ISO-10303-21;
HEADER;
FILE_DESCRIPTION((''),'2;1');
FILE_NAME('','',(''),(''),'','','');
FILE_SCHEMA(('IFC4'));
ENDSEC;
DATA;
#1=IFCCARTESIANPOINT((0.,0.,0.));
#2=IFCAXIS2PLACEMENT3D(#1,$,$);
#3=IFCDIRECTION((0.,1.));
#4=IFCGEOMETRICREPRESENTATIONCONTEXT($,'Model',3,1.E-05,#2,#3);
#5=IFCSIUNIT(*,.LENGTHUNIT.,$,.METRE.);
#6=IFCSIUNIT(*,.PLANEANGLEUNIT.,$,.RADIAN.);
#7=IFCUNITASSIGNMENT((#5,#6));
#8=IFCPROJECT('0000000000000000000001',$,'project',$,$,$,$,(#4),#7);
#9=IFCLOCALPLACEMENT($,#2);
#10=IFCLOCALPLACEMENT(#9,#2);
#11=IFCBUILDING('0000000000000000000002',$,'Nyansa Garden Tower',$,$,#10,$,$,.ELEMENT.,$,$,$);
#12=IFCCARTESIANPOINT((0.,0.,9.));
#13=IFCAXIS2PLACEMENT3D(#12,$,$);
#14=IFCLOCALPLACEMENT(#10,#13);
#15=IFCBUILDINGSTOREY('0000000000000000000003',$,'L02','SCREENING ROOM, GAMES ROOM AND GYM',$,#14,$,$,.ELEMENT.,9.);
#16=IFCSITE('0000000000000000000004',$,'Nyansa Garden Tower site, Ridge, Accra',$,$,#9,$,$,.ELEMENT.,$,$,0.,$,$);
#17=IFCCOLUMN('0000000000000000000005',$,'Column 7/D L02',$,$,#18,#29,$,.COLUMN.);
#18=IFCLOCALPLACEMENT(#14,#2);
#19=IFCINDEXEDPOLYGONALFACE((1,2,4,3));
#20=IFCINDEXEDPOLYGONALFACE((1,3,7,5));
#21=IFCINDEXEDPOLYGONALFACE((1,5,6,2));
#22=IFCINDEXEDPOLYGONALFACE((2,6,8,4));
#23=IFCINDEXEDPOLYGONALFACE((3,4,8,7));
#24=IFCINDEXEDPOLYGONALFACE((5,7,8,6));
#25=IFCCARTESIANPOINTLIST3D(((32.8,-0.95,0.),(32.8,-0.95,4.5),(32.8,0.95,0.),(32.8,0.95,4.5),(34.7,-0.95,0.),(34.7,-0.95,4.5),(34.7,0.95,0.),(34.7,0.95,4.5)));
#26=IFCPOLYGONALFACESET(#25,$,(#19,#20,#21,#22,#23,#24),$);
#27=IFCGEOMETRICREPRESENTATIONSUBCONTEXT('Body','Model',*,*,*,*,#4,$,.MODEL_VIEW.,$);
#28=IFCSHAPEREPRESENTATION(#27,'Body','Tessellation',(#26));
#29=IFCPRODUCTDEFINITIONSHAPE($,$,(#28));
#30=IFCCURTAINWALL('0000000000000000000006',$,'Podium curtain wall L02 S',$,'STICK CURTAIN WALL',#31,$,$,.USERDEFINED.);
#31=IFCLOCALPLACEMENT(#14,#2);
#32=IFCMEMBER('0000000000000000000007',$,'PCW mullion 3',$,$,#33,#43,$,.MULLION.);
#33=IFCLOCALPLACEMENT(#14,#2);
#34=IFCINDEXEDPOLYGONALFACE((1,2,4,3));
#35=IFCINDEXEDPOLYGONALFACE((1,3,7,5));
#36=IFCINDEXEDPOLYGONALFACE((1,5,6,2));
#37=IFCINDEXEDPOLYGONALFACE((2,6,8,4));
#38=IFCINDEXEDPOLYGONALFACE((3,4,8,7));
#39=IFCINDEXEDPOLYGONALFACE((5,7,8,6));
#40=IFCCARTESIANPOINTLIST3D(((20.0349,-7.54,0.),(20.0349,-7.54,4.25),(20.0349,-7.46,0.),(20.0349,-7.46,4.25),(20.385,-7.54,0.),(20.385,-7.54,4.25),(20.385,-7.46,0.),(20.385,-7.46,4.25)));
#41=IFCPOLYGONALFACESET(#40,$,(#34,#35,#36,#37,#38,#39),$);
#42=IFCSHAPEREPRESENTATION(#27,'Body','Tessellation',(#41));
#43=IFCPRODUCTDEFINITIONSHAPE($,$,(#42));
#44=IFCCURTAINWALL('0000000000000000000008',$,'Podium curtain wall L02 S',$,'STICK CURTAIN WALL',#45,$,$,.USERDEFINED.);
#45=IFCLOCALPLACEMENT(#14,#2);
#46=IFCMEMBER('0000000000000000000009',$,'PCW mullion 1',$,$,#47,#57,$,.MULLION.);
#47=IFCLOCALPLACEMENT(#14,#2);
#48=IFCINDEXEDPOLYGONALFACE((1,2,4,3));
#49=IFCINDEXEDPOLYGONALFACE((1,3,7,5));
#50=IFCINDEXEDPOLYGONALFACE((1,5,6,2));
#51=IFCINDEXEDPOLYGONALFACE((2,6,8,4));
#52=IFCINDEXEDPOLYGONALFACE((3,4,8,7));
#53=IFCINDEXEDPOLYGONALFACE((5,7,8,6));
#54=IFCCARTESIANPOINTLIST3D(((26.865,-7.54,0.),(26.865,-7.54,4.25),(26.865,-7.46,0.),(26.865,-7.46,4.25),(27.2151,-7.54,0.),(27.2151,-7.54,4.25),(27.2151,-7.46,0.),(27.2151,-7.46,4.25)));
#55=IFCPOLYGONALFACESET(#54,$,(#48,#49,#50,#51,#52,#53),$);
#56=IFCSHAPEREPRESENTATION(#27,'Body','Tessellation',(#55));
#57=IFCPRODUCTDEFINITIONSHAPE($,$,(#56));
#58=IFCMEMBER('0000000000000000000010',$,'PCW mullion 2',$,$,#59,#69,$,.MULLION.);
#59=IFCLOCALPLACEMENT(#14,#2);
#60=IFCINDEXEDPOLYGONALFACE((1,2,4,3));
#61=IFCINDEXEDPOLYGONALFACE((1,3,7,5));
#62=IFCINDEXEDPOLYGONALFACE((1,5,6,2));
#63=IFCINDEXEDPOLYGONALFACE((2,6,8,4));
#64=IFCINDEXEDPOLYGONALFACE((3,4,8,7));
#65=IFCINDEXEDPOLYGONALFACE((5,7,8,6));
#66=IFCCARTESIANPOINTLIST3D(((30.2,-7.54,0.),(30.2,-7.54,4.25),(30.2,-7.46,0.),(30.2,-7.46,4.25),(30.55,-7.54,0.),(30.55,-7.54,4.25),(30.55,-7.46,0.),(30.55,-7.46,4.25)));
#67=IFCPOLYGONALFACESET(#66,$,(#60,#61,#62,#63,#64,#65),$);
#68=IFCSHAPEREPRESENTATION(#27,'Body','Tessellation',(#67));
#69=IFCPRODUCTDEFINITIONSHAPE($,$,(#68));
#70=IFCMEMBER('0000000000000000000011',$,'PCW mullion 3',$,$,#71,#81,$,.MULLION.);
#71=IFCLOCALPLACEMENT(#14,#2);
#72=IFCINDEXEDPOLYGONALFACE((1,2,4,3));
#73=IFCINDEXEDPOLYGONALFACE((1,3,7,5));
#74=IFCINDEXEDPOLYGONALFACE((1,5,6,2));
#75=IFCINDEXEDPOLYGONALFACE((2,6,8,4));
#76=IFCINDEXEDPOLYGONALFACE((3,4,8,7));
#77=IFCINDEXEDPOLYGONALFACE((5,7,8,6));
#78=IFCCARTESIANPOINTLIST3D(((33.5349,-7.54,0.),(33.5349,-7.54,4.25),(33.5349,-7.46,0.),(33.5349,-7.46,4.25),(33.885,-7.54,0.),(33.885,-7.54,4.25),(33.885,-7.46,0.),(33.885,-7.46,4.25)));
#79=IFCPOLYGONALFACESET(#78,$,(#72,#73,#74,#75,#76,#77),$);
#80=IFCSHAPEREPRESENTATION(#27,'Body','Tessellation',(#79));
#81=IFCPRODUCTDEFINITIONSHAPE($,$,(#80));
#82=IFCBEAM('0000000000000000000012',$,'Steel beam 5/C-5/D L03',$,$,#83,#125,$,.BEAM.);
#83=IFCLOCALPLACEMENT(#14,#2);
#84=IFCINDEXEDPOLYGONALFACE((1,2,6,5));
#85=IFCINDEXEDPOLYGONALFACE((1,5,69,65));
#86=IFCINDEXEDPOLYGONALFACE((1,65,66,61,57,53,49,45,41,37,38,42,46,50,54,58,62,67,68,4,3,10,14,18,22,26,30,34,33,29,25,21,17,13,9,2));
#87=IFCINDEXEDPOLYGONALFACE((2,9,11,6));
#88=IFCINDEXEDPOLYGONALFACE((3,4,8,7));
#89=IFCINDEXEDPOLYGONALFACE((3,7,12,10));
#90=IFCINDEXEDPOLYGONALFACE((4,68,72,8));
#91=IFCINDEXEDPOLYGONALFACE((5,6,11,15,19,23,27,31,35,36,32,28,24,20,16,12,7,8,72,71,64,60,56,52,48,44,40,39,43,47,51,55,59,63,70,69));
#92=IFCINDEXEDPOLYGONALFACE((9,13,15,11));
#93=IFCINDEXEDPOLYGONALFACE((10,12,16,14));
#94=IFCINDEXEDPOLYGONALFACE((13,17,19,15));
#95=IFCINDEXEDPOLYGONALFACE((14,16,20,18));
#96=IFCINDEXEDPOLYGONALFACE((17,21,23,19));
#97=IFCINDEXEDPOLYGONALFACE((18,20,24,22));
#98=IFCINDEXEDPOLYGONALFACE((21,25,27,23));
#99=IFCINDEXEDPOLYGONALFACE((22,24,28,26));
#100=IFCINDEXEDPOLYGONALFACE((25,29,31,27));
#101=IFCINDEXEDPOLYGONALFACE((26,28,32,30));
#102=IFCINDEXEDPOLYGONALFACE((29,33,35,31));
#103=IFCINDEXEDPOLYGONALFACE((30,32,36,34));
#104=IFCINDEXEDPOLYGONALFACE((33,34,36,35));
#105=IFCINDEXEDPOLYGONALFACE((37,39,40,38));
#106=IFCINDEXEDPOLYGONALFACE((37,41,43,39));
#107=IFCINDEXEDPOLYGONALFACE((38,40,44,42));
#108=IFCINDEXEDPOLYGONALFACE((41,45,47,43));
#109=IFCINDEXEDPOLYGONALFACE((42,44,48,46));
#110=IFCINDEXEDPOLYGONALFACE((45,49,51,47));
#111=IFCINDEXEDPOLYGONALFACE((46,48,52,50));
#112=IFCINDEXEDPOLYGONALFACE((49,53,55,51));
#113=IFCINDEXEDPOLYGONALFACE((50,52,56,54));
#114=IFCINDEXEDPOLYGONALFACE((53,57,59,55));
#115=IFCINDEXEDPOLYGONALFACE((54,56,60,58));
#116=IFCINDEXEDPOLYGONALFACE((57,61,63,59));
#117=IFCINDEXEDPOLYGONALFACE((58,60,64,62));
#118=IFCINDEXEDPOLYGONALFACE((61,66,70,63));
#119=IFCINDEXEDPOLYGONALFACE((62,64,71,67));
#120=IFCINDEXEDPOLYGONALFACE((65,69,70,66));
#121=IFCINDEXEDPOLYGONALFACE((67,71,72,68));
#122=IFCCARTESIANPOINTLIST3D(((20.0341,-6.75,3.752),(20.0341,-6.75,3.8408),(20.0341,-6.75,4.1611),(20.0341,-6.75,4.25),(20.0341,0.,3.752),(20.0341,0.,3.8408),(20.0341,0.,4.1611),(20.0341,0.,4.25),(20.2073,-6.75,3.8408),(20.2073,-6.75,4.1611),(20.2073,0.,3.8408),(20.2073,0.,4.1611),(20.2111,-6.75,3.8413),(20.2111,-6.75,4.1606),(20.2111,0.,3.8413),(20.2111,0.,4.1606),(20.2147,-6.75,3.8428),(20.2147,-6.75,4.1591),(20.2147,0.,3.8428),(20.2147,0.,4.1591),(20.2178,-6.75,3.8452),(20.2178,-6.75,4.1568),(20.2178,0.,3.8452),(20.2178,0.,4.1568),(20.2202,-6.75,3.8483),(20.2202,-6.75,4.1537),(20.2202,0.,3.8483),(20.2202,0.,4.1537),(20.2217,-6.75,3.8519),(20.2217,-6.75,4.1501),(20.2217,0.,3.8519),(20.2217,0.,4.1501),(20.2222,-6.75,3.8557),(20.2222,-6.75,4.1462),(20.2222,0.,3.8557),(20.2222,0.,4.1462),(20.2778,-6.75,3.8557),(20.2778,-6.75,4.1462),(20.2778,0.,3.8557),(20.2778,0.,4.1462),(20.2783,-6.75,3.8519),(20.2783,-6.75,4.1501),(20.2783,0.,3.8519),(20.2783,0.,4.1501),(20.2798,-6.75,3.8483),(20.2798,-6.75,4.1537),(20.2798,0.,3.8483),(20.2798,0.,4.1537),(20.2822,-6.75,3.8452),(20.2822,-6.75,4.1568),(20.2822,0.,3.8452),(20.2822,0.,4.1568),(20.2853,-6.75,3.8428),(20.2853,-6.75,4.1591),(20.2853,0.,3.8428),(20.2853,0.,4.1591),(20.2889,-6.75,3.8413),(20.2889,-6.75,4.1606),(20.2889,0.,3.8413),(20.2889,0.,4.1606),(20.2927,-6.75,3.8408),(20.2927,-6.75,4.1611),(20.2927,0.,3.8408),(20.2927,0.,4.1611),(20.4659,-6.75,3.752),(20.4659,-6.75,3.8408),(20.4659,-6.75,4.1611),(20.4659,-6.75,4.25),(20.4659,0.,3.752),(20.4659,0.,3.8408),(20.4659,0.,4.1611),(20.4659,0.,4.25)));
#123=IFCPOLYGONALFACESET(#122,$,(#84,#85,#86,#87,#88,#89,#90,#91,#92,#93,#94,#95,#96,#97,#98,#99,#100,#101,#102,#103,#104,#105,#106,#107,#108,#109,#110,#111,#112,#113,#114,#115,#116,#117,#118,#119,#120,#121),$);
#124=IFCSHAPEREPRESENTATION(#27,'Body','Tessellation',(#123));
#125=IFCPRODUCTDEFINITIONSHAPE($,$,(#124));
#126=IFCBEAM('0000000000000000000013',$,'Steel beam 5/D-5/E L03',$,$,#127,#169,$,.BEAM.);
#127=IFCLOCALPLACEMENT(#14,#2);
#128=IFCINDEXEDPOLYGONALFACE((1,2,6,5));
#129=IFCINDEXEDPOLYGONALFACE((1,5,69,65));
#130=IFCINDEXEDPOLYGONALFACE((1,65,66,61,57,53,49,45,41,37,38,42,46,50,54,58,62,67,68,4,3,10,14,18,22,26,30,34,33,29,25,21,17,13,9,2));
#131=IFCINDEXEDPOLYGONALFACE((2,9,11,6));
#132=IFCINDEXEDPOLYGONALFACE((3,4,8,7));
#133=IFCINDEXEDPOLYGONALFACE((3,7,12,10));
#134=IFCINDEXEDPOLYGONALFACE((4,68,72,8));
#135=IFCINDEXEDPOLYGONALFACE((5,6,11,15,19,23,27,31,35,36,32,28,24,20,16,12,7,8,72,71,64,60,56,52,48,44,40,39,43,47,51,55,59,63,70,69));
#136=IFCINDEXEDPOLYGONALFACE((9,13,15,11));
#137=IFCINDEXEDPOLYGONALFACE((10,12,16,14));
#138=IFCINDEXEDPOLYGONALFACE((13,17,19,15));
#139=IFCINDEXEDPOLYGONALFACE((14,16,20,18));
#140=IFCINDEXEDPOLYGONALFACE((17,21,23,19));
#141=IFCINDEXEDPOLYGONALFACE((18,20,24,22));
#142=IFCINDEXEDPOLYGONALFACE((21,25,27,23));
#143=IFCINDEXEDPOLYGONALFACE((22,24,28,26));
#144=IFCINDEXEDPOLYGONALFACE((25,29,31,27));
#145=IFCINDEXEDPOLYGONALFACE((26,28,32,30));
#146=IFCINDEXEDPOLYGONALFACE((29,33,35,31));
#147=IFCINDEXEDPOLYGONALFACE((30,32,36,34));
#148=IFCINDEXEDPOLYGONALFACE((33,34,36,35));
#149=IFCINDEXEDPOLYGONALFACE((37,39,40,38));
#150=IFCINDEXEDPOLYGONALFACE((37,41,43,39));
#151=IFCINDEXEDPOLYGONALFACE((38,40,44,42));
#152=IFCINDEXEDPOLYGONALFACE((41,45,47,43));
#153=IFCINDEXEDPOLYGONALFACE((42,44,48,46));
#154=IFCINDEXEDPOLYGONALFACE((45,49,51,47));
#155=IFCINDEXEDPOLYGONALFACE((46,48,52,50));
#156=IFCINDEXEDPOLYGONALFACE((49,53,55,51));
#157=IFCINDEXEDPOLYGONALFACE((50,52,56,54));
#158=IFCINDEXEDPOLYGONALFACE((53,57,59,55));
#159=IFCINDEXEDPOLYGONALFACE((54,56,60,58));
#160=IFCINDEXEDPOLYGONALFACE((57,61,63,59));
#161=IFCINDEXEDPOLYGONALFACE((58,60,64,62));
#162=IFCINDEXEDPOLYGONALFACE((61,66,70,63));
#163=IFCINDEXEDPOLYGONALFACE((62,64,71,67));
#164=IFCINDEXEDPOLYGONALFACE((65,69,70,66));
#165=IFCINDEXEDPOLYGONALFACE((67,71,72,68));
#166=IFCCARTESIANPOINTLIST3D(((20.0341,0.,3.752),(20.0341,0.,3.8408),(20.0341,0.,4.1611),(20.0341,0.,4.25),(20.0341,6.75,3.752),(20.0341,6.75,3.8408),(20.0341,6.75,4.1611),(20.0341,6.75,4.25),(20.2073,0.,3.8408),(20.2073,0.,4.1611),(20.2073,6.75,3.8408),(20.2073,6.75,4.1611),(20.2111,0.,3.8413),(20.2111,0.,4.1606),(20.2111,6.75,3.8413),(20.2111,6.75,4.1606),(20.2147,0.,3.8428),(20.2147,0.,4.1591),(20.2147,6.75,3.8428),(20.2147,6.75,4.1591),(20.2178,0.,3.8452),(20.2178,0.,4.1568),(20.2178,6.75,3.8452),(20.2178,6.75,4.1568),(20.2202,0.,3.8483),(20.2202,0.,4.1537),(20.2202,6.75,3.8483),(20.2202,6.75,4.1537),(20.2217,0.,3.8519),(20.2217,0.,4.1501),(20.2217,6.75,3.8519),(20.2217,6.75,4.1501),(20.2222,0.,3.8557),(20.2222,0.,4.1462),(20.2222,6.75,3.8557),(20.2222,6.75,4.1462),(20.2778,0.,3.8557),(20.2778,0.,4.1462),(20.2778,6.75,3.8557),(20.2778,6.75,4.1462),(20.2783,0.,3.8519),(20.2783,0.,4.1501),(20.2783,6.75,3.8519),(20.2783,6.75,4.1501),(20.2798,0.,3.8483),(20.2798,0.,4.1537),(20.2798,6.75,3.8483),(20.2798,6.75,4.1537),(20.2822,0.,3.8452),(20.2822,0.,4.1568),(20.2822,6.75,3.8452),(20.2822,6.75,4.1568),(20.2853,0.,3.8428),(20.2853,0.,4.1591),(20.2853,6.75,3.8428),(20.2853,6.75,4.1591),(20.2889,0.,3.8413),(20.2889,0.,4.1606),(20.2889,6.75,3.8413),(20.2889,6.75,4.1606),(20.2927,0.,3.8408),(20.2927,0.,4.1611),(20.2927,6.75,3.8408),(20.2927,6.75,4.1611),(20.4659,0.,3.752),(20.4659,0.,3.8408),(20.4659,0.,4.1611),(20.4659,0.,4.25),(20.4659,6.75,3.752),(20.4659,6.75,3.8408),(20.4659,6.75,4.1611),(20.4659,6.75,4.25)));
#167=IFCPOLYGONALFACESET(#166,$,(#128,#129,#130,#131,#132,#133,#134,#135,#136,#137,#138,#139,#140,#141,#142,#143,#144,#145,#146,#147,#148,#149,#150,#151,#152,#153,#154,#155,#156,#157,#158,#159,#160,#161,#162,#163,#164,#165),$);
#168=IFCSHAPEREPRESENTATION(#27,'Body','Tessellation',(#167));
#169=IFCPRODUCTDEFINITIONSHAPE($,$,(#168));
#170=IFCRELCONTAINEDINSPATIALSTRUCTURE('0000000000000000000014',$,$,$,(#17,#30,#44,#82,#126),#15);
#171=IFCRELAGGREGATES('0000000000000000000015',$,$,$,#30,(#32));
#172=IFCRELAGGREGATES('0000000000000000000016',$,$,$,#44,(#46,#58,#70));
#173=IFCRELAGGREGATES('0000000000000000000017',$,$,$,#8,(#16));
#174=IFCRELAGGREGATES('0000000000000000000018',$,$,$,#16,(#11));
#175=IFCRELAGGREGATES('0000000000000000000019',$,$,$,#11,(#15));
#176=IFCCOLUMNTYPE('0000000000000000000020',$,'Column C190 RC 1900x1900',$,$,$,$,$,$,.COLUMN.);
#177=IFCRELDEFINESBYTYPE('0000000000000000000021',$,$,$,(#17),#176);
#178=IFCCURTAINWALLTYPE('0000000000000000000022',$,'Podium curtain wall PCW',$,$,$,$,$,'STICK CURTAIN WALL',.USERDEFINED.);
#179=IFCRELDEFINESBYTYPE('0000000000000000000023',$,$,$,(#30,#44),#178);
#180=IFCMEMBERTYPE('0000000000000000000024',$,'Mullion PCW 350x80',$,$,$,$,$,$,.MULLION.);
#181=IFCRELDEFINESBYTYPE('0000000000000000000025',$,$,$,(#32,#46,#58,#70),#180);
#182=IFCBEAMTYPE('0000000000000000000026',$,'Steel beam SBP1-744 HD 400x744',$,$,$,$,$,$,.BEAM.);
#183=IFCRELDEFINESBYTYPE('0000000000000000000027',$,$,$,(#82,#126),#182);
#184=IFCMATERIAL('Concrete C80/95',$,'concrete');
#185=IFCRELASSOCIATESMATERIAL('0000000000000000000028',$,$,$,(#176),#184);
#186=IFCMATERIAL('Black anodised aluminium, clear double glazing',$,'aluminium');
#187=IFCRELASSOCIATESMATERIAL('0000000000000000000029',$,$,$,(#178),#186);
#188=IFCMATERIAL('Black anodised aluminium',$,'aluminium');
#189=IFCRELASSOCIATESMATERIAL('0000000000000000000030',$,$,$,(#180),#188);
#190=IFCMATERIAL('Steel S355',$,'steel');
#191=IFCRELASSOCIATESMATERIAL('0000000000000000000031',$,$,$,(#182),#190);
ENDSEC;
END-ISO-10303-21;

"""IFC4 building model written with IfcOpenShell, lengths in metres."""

from ifc_helpers import new_model, si_unit, direction, frame, origin, origin_2d, place, context, subcontext, project, spatial, rectangle, i_section, extrude, material, material_profile, profile_set, type_object, element, aggregate, save


model = new_model("IFC4")

# Units and contexts
model_context = context("Model", 3, precision=1e-05, world=origin(), true_north=direction((0.0, 1.0)))
body_context = subcontext(model_context, "Body", "Model", "MODEL_VIEW")
ifc_project = project(units=[si_unit("LENGTHUNIT", "METRE"), si_unit("PLANEANGLEUNIT", "RADIAN")], contexts=[model_context])

# Site, building, storey
site_placement = place(None, origin())
site = spatial("IfcSite", under=ifc_project, at=site_placement, Name="Nyansa Garden Tower site, Ridge, Accra", CompositionType="ELEMENT", RefElevation=0.0)
building_placement = place(site_placement, origin())
building = spatial("IfcBuilding", under=site, at=building_placement, Name="Nyansa Garden Tower", CompositionType="ELEMENT")
storey_placement = place(building_placement, frame((0.0, 0.0, 9.0)))
storey = spatial("IfcBuildingStorey", under=building, at=storey_placement, Name="L02", Description="SCREENING ROOM, GAMES ROOM AND GYM", CompositionType="ELEMENT", Elevation=9.0)

# Column
ifc_material_1 = material(Name="Concrete C80/95", Category="concrete")
ifc_material_profile_1 = material_profile(ifc_material_1, rectangle(XDim=1.8999, YDim=1.8999, at=origin_2d()), Name="RC 1900x1900")
ifc_profile_set_1 = profile_set([ifc_material_profile_1], Name="Concrete C80/95")
column_type_1 = type_object("IfcColumnType", Name="Column C190 RC 1900x1900", PredefinedType="COLUMN", material=ifc_profile_set_1)
for number, where, z_axis, x_axis, name in (
    (1, (33.75, 0.0, 0.0), (0.0, 0.0, 1.0), (1.0, 0.0, 0.0), "Column 7/D L02"),
):
    element("IfcColumn", number, at=place(storey_placement, frame(where, z_axis=z_axis, x_axis=x_axis)), inside=storey, type_object=column_type_1, Name=name, PredefinedType="COLUMN", context=body_context, shape_type="SweptSolid", body=[
        extrude(rectangle(XDim=1.8999, YDim=1.8999, at=origin_2d()), origin(), (0.0, 0.0, 1.0), 4.5),
    ])

# Curtain wall, member
ifc_material_2 = material(Name="Black anodised aluminium, clear double glazing", Category="aluminium")
curtain_wall_type = type_object("IfcCurtainWallType", Name="Podium curtain wall PCW", ElementType="STICK CURTAIN WALL", PredefinedType="USERDEFINED", material=ifc_material_2)
curtain_wall_1_placement = place(storey_placement, origin())
curtain_wall_1 = element("IfcCurtainWall", 2, at=curtain_wall_1_placement, inside=storey, type_object=curtain_wall_type, Name="Podium curtain wall L02 S", ObjectType="STICK CURTAIN WALL", PredefinedType="USERDEFINED")
ifc_material_3 = material(Name="Black anodised aluminium", Category="aluminium")
ifc_material_profile_2 = material_profile(ifc_material_3, rectangle(XDim=0.0801, YDim=0.3501, at=origin_2d()), Name="Mullion 350x80")
ifc_profile_set_2 = profile_set([ifc_material_profile_2], Name="Black anodised aluminium")
member_type_1 = type_object("IfcMemberType", Name="Mullion PCW 350x80", PredefinedType="MULLION", material=ifc_profile_set_2)
member_1_placement = place(storey_placement, frame((20.21, -7.5, 0.0), z_axis=(0.0, 0.0, 1.0), x_axis=(0.0, 1.0, 0.0)))
member_1 = element("IfcMember", 3, at=member_1_placement, type_object=member_type_1, Name="PCW mullion 3", PredefinedType="MULLION", context=body_context, shape_type="SweptSolid", body=[
    extrude(rectangle(XDim=0.0801, YDim=0.3501, at=origin_2d()), origin(), (0.0, 0.0, 1.0), 4.25),
])
aggregate(curtain_wall_1, [member_1])

# Curtain wall, members
curtain_wall_2_placement = place(storey_placement, origin())
curtain_wall_2 = element("IfcCurtainWall", 4, at=curtain_wall_2_placement, inside=storey, type_object=curtain_wall_type, Name="Podium curtain wall L02 S", ObjectType="STICK CURTAIN WALL", PredefinedType="USERDEFINED")
member_2_placement = place(storey_placement, frame((27.04, -7.5, 0.0), z_axis=(0.0, 0.0, 1.0), x_axis=(0.0, 1.0, 0.0)))
member_2 = element("IfcMember", 5, at=member_2_placement, type_object=member_type_1, Name="PCW mullion 1", PredefinedType="MULLION", context=body_context, shape_type="SweptSolid", body=[
    extrude(rectangle(XDim=0.0801, YDim=0.3501, at=origin_2d()), origin(), (0.0, 0.0, 1.0), 4.25),
])
member_3_placement = place(storey_placement, frame((30.375, -7.5, 0.0), z_axis=(0.0, 0.0, 1.0), x_axis=(0.0, 1.0, 0.0)))
member_3 = element("IfcMember", 6, at=member_3_placement, type_object=member_type_1, Name="PCW mullion 2", PredefinedType="MULLION", context=body_context, shape_type="SweptSolid", body=[
    extrude(rectangle(XDim=0.0801, YDim=0.3501, at=origin_2d()), origin(), (0.0, 0.0, 1.0), 4.25),
])
member_4_placement = place(storey_placement, frame((33.71, -7.5, 0.0), z_axis=(0.0, 0.0, 1.0), x_axis=(0.0, 1.0, 0.0)))
member_4 = element("IfcMember", 7, at=member_4_placement, type_object=member_type_1, Name="PCW mullion 3", PredefinedType="MULLION", context=body_context, shape_type="SweptSolid", body=[
    extrude(rectangle(XDim=0.0801, YDim=0.3501, at=origin_2d()), origin(), (0.0, 0.0, 1.0), 4.25),
])

# Beams
ifc_material_4 = material(Name="Steel S355", Category="steel")
ifc_material_profile_3 = material_profile(ifc_material_4, i_section(OverallWidth=0.4319, OverallDepth=0.498, WebThickness=0.0557, FlangeThickness=0.0889, FilletRadius=0.0149, at=origin_2d()), Name="HD 400x744")
ifc_profile_set_3 = profile_set([ifc_material_profile_3], Name="Steel S355")
beam_type_1 = type_object("IfcBeamType", Name="Steel beam SBP1-744 HD 400x744", PredefinedType="BEAM", material=ifc_profile_set_3)
for number, where, z_axis, x_axis, name in (
    (8, (20.25, -6.75, 4.001), (0.0, 1.0, 0.0), (-1.0, 0.0, 0.0), "Steel beam 5/C-5/D L03"),
    (9, (20.25, 0.0, 4.001), (0.0, 1.0, 0.0), (-1.0, 0.0, 0.0), "Steel beam 5/D-5/E L03"),
):
    element("IfcBeam", number, at=place(storey_placement, frame(where, z_axis=z_axis, x_axis=x_axis)), inside=storey, type_object=beam_type_1, Name=name, PredefinedType="BEAM", context=body_context, shape_type="SweptSolid", body=[
        extrude(i_section(OverallWidth=0.4319, OverallDepth=0.498, WebThickness=0.0557, FlangeThickness=0.0889, FilletRadius=0.0149, at=origin_2d()), origin(), (0.0, 0.0, 1.0), 6.75),
    ])

aggregate(curtain_wall_2, [member_2, member_3, member_4])

save(model, "model.ifc")
